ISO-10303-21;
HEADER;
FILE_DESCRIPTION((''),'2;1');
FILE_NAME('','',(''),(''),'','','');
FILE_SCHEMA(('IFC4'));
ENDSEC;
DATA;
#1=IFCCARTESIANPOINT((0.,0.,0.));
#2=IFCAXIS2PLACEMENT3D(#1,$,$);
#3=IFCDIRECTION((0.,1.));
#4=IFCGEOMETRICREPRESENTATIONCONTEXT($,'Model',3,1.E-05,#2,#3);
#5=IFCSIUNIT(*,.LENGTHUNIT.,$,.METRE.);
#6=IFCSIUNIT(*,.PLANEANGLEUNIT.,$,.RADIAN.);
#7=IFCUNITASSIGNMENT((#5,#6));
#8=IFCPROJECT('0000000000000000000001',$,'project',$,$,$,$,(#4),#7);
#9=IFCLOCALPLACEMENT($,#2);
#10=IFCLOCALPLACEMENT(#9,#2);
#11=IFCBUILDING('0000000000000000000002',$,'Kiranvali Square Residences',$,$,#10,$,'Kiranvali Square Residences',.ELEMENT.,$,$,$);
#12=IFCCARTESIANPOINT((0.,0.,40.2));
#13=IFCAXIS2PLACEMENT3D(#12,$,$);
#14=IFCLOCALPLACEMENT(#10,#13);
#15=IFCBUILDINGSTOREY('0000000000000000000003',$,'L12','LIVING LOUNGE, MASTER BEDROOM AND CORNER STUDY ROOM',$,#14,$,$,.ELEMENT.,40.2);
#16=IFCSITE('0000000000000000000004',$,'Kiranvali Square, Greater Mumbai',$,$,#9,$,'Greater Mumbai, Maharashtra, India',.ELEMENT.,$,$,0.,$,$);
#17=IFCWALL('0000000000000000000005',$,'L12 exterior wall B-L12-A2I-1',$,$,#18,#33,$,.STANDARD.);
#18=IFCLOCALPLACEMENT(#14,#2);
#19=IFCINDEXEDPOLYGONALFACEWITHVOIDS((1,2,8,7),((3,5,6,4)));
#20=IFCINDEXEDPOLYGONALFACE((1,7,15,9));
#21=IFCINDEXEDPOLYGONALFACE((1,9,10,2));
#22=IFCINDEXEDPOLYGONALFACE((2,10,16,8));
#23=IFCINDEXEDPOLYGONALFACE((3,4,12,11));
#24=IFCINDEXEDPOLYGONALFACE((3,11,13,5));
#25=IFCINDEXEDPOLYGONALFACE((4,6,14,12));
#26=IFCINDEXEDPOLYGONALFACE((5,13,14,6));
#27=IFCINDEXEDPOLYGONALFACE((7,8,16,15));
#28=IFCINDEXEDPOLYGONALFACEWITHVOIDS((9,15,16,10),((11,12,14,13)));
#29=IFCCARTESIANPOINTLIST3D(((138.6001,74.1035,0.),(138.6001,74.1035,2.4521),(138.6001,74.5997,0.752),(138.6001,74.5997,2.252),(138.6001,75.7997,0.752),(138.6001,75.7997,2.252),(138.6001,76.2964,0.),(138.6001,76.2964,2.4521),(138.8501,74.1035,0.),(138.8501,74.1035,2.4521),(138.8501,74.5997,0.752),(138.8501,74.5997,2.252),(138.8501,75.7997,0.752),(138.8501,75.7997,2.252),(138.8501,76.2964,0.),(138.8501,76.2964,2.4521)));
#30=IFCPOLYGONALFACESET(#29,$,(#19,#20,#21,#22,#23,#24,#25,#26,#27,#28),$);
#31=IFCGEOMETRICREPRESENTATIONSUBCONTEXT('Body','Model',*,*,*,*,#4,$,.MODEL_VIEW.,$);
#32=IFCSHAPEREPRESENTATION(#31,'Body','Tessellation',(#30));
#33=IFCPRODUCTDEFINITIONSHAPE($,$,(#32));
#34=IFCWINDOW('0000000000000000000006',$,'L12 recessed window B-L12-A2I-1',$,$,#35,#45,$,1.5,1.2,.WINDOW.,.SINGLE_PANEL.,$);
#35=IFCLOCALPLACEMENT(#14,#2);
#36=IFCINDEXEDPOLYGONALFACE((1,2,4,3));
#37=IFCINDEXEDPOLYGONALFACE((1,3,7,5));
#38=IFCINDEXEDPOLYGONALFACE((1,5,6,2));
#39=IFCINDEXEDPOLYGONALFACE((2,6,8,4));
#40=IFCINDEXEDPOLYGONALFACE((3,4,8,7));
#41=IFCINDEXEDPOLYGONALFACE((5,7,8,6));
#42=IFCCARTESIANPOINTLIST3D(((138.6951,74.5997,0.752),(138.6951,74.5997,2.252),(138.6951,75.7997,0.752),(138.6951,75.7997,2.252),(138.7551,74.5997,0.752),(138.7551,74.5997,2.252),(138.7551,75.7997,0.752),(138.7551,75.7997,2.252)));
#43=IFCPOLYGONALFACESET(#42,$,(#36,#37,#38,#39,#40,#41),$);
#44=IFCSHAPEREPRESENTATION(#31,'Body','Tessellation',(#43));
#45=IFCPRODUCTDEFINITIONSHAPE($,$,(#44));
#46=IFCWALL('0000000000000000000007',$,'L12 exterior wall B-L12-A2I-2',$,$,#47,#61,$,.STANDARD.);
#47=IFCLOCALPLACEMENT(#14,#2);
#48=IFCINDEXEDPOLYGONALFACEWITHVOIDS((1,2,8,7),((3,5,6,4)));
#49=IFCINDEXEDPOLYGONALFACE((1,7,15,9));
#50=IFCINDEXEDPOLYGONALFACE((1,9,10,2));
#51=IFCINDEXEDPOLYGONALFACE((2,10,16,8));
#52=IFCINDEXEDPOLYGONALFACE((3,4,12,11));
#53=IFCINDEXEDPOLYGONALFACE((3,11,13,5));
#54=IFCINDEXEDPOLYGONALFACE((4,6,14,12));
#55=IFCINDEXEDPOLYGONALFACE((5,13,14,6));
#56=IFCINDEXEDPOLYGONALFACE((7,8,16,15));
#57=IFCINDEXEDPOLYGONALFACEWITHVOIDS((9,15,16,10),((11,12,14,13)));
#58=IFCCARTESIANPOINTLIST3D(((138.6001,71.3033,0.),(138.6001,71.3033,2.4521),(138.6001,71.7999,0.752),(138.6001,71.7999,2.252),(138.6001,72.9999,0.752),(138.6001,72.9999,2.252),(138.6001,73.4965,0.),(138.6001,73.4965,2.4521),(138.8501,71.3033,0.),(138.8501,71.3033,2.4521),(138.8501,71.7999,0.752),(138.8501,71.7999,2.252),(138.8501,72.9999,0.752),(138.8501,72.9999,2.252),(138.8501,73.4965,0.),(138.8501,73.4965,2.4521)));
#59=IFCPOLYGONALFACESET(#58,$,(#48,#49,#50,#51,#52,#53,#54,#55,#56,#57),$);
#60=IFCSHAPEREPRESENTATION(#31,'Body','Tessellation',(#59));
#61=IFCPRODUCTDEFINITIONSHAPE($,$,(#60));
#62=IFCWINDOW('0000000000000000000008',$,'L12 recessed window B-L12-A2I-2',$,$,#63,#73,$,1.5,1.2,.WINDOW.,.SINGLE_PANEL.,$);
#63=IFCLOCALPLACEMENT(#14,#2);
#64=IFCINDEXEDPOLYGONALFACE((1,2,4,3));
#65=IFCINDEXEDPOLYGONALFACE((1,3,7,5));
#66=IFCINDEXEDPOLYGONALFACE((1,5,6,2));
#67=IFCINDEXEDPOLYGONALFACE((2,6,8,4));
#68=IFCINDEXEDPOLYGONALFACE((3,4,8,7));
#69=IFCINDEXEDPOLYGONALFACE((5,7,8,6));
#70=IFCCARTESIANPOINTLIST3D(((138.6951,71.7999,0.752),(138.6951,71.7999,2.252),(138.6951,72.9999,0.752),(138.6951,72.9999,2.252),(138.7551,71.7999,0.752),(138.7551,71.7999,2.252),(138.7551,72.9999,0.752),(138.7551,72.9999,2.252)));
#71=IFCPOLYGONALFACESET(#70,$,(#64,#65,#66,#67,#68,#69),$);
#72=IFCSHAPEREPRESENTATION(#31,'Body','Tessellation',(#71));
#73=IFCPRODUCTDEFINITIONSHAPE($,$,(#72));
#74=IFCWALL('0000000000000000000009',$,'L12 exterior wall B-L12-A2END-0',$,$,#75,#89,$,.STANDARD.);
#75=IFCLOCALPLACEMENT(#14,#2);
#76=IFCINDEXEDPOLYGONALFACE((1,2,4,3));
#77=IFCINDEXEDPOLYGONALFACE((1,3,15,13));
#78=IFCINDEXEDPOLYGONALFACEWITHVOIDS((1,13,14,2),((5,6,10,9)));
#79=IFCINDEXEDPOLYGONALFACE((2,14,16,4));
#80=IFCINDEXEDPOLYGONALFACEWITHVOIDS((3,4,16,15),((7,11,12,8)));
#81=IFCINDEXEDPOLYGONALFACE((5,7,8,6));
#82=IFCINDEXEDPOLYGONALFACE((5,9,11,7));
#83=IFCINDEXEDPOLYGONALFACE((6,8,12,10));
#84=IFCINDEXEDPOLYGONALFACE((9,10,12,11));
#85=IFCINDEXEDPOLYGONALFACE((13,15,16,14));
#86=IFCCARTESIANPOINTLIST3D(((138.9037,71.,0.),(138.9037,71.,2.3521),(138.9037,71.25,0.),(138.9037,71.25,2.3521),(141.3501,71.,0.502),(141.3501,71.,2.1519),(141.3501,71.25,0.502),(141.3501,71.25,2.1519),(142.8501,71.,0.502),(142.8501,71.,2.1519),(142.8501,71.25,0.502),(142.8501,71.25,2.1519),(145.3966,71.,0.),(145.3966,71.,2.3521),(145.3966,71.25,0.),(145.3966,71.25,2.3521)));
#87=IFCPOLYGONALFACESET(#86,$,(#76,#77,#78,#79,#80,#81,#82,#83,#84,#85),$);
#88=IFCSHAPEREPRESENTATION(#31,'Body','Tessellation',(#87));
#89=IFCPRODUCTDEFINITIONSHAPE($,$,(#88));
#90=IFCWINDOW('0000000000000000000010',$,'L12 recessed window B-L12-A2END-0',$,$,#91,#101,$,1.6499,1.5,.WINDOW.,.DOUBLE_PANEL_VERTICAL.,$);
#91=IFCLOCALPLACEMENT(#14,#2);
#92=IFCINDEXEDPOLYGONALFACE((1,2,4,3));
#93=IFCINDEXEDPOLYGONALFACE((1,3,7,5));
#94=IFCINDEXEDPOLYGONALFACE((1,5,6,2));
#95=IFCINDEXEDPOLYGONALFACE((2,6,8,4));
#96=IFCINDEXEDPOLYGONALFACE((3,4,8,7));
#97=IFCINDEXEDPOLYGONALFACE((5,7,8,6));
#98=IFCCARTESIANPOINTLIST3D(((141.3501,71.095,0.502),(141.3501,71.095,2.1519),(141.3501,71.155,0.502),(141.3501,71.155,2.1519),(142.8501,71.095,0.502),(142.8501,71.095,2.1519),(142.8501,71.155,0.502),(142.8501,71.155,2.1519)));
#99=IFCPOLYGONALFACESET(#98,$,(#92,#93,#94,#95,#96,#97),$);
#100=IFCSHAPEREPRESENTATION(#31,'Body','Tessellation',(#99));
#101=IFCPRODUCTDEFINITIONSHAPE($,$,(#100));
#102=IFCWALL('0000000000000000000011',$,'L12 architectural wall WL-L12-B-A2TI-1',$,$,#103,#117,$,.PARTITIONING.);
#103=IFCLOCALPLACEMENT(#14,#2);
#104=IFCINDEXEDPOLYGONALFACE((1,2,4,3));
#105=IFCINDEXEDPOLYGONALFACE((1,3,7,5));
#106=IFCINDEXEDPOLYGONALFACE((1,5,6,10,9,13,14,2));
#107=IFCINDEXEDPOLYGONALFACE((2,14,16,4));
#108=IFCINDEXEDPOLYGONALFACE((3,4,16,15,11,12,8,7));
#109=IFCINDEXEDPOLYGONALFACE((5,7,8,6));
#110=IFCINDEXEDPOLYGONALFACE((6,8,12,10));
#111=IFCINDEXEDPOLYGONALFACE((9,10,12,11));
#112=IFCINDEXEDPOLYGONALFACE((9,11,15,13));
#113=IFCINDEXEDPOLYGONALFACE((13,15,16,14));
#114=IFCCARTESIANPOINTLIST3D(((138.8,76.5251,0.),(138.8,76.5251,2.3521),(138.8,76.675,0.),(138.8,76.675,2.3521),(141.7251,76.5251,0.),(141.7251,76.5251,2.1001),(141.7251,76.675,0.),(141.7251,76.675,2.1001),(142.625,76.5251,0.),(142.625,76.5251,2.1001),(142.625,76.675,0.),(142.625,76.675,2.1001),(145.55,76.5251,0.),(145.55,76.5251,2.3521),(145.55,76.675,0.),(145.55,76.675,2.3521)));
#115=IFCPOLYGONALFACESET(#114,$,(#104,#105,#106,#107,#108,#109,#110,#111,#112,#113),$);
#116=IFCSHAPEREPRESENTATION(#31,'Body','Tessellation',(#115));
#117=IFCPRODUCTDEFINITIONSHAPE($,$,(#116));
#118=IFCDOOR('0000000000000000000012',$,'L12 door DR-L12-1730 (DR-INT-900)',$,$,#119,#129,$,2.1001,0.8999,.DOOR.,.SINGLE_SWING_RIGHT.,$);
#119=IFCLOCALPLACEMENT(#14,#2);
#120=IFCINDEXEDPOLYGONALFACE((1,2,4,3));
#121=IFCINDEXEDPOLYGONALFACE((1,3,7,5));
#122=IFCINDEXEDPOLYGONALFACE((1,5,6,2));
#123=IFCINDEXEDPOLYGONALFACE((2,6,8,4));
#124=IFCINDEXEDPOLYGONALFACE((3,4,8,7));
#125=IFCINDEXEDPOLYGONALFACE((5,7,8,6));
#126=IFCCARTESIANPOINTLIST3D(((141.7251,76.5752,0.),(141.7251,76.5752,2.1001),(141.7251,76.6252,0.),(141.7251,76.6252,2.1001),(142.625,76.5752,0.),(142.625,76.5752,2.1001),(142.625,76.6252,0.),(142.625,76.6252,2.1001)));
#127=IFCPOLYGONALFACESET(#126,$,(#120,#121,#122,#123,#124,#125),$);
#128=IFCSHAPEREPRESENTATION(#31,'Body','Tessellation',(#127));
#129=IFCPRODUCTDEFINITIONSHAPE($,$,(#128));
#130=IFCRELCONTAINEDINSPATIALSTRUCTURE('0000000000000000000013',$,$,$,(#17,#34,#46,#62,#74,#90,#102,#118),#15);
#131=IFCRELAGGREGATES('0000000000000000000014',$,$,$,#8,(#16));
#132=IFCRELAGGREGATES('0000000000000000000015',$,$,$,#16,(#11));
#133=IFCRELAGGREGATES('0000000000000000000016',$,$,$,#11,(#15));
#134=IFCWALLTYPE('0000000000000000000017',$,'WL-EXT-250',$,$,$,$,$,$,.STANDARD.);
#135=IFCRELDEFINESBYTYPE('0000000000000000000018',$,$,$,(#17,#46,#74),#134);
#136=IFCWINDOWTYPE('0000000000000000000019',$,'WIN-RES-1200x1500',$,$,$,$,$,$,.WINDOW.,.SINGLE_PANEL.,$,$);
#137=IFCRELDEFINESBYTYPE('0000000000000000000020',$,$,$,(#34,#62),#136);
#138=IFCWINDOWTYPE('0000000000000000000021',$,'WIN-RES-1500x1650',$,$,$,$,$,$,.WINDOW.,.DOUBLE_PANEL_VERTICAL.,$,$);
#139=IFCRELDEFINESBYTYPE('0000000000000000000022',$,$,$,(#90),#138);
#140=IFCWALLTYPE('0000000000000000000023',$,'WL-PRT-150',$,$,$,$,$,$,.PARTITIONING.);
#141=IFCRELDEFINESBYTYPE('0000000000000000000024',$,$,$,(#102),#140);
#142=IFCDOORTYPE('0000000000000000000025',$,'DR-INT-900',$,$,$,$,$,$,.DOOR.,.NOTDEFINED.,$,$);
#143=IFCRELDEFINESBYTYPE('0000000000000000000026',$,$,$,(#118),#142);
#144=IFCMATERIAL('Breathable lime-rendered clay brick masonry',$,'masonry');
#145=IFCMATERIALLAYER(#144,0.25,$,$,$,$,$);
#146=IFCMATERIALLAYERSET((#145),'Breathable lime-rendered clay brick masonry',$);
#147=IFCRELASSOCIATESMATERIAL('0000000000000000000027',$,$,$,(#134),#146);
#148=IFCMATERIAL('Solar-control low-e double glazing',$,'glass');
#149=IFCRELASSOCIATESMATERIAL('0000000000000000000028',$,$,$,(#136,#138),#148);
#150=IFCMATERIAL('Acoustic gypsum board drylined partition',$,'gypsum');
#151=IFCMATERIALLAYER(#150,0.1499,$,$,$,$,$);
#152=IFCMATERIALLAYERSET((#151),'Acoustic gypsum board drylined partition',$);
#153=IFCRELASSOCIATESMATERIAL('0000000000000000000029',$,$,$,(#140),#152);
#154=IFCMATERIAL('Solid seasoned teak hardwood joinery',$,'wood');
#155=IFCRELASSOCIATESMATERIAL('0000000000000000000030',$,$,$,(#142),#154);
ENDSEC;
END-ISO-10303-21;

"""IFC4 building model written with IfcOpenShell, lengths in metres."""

from ifc_helpers import new_model, si_unit, direction, frame, frame_2d, origin, place, context, subcontext, project, spatial, rectangle, extrude, material, layer, layer_set, type_object, element, fill, save


model = new_model("IFC4")

# Units and contexts
model_context = context("Model", 3, precision=1e-05, world=origin(), true_north=direction((0.0, 1.0)))
body_context = subcontext(model_context, "Body", "Model", "MODEL_VIEW")
ifc_project = project(units=[si_unit("LENGTHUNIT", "METRE"), si_unit("PLANEANGLEUNIT", "RADIAN")], contexts=[model_context])

# Site, building, storey
site_placement = place(None, origin())
site = spatial("IfcSite", under=ifc_project, at=site_placement, Name="Kiranvali Square, Greater Mumbai", LongName="Greater Mumbai, Maharashtra, India", CompositionType="ELEMENT", RefElevation=0.0)
building_placement = place(site_placement, origin())
building = spatial("IfcBuilding", under=site, at=building_placement, Name="Kiranvali Square Residences", LongName="Kiranvali Square Residences", CompositionType="ELEMENT")
storey_placement = place(building_placement, frame((0.0, 0.0, 40.2)))
storey = spatial("IfcBuildingStorey", under=building, at=storey_placement, Name="L12", Description="LIVING LOUNGE, MASTER BEDROOM AND CORNER STUDY ROOM", CompositionType="ELEMENT", Elevation=40.2)

# Walls, openings, windows
ifc_material_1 = material(Name="Breathable lime-rendered clay brick masonry", Category="masonry")
ifc_layer_1 = layer(ifc_material_1, 0.25)
ifc_layer_set_1 = layer_set([ifc_layer_1], Name="Breathable lime-rendered clay brick masonry")
wall_type_1 = type_object("IfcWallType", Name="WL-EXT-250", PredefinedType="STANDARD", material=ifc_layer_set_1)
wall_1_placement = place(storey_placement, frame((138.7251, 76.2964, 0.0), z_axis=(0.0, 0.0, 1.0), x_axis=(0.0, -1.0, 0.0)))
wall_1 = element("IfcWall", 1, at=wall_1_placement, inside=storey, type_object=wall_type_1, Name="L12 exterior wall B-L12-A2I-1", PredefinedType="STANDARD", context=body_context, shape_type="SweptSolid", body=[
    extrude(rectangle(XDim=2.1929, YDim=0.25, at=frame_2d((1.0964, 0.0))), origin(), (0.0, 0.0, 1.0), 2.4521),
])
opening_1_placement = place(wall_1_placement, frame((0.4966, 0.0, 0.752)))
opening_1 = element("IfcOpeningElement", 2, at=opening_1_placement, cuts=wall_1, PredefinedType="OPENING", context=body_context, shape_type="SweptSolid", body=[
    extrude(rectangle(XDim=1.2, YDim=1.5, at=frame_2d((0.6001, 0.75))), frame((0.0, 0.135, 0.0), z_axis=(0.0, -1.0, 0.0), x_axis=(1.0, 0.0, 0.0)), (0.0, 0.0, 1.0), 0.27),
])
ifc_material_2 = material(Name="Solar-control low-e double glazing", Category="glass")
window_type_1 = type_object("IfcWindowType", Name="WIN-RES-1200x1500", PartitioningType="SINGLE_PANEL", PredefinedType="WINDOW", material=ifc_material_2)
window_1_placement = place(opening_1_placement, origin())
window_1 = element("IfcWindow", 3, at=window_1_placement, inside=storey, type_object=window_type_1, Name="L12 recessed window B-L12-A2I-1", OverallHeight=1.5, OverallWidth=1.2, PartitioningType="SINGLE_PANEL", PredefinedType="WINDOW", context=body_context, shape_type="SweptSolid", body=[
    extrude(rectangle(XDim=1.2, YDim=1.5, at=frame_2d((0.6001, 0.75))), frame((0.0, 0.03, 0.0), z_axis=(0.0, -1.0, 0.0), x_axis=(1.0, 0.0, 0.0)), (0.0, 0.0, 1.0), 0.0601),
])
fill(opening_1, window_1)
wall_2_placement = place(storey_placement, frame((138.7251, 73.4966, 0.0), z_axis=(0.0, 0.0, 1.0), x_axis=(0.0, -1.0, 0.0)))
wall_2 = element("IfcWall", 4, at=wall_2_placement, inside=storey, type_object=wall_type_1, Name="L12 exterior wall B-L12-A2I-2", PredefinedType="STANDARD", context=body_context, shape_type="SweptSolid", body=[
    extrude(rectangle(XDim=2.1931, YDim=0.25, at=frame_2d((1.0967, 0.0))), origin(), (0.0, 0.0, 1.0), 2.4521),
])
opening_2_placement = place(wall_2_placement, frame((0.4966, 0.0, 0.752)))
opening_2 = element("IfcOpeningElement", 5, at=opening_2_placement, cuts=wall_2, PredefinedType="OPENING", context=body_context, shape_type="SweptSolid", body=[
    extrude(rectangle(XDim=1.2, YDim=1.5, at=frame_2d((0.6001, 0.75))), frame((0.0, 0.135, 0.0), z_axis=(0.0, -1.0, 0.0), x_axis=(1.0, 0.0, 0.0)), (0.0, 0.0, 1.0), 0.27),
])
window_2_placement = place(opening_2_placement, origin())
window_2 = element("IfcWindow", 6, at=window_2_placement, inside=storey, type_object=window_type_1, Name="L12 recessed window B-L12-A2I-2", OverallHeight=1.5, OverallWidth=1.2, PartitioningType="SINGLE_PANEL", PredefinedType="WINDOW", context=body_context, shape_type="SweptSolid", body=[
    extrude(rectangle(XDim=1.2, YDim=1.5, at=frame_2d((0.6001, 0.75))), frame((0.0, 0.03, 0.0), z_axis=(0.0, -1.0, 0.0), x_axis=(1.0, 0.0, 0.0)), (0.0, 0.0, 1.0), 0.0601),
])
fill(opening_2, window_2)
wall_3_placement = place(storey_placement, frame((138.9036, 71.125, 0.0), z_axis=(0.0, 0.0, 1.0), x_axis=(1.0, 0.0, 0.0)))
wall_3 = element("IfcWall", 7, at=wall_3_placement, inside=storey, type_object=wall_type_1, Name="L12 exterior wall B-L12-A2END-0", PredefinedType="STANDARD", context=body_context, shape_type="SweptSolid", body=[
    extrude(rectangle(XDim=6.4929, YDim=0.25, at=frame_2d((3.2466, 0.0))), origin(), (0.0, 0.0, 1.0), 2.3521),
])
opening_3_placement = place(wall_3_placement, frame((2.4465, 0.0, 0.502)))
opening_3 = element("IfcOpeningElement", 8, at=opening_3_placement, cuts=wall_3, PredefinedType="OPENING", context=body_context, shape_type="SweptSolid", body=[
    extrude(rectangle(XDim=1.5, YDim=1.6499, at=frame_2d((0.75, 0.825))), frame((0.0, 0.135, 0.0), z_axis=(0.0, -1.0, 0.0), x_axis=(1.0, 0.0, 0.0)), (0.0, 0.0, 1.0), 0.27),
])
window_type_2 = type_object("IfcWindowType", Name="WIN-RES-1500x1650", PartitioningType="DOUBLE_PANEL_VERTICAL", PredefinedType="WINDOW", material=ifc_material_2)
window_3_placement = place(opening_3_placement, origin())
window_3 = element("IfcWindow", 9, at=window_3_placement, inside=storey, type_object=window_type_2, Name="L12 recessed window B-L12-A2END-0", OverallHeight=1.6499, OverallWidth=1.5, PartitioningType="DOUBLE_PANEL_VERTICAL", PredefinedType="WINDOW", context=body_context, shape_type="SweptSolid", body=[
    extrude(rectangle(XDim=1.5, YDim=1.6499, at=frame_2d((0.75, 0.825))), frame((0.0, 0.03, 0.0), z_axis=(0.0, -1.0, 0.0), x_axis=(1.0, 0.0, 0.0)), (0.0, 0.0, 1.0), 0.0601),
])
fill(opening_3, window_3)

# Wall, opening, door
ifc_material_3 = material(Name="Acoustic gypsum board drylined partition", Category="gypsum")
ifc_layer_2 = layer(ifc_material_3, 0.1499)
ifc_layer_set_2 = layer_set([ifc_layer_2], Name="Acoustic gypsum board drylined partition")
wall_type_2 = type_object("IfcWallType", Name="WL-PRT-150", PredefinedType="PARTITIONING", material=ifc_layer_set_2)
wall_4_placement = place(storey_placement, frame((138.8, 76.6001, 0.0), z_axis=(0.0, 0.0, 1.0), x_axis=(1.0, 0.0, 0.0)))
wall_4 = element("IfcWall", 10, at=wall_4_placement, inside=storey, type_object=wall_type_2, Name="L12 architectural wall WL-L12-B-A2TI-1", PredefinedType="PARTITIONING", context=body_context, shape_type="SweptSolid", body=[
    extrude(rectangle(XDim=6.75, YDim=0.1499, at=frame_2d((3.375, 0.0))), origin(), (0.0, 0.0, 1.0), 2.3521),
])
opening_4_placement = place(wall_4_placement, frame((2.925, 0.0, 0.0)))
opening_4 = element("IfcOpeningElement", 11, at=opening_4_placement, cuts=wall_4, PredefinedType="OPENING", context=body_context, shape_type="SweptSolid", body=[
    extrude(rectangle(XDim=0.8999, YDim=2.1001, at=frame_2d((0.45, 1.05))), frame((0.0, 0.085, 0.0), z_axis=(0.0, -1.0, 0.0), x_axis=(1.0, 0.0, 0.0)), (0.0, 0.0, 1.0), 0.1699),
])
ifc_material_4 = material(Name="Solid seasoned teak hardwood joinery", Category="wood")
door_type = type_object("IfcDoorType", Name="DR-INT-900", OperationType="NOTDEFINED", PredefinedType="DOOR", material=ifc_material_4)
door_placement = place(opening_4_placement, frame((0.8999, 0.0, 0.0), z_axis=(0.0, 0.0, 1.0), x_axis=(-1.0, 0.0, 0.0)))
door = element("IfcDoor", 12, at=door_placement, inside=storey, type_object=door_type, Name="L12 door DR-L12-1730 (DR-INT-900)", OperationType="SINGLE_SWING_RIGHT", OverallHeight=2.1001, OverallWidth=0.8999, PredefinedType="DOOR", context=body_context, shape_type="SweptSolid", body=[
    extrude(rectangle(XDim=0.8999, YDim=2.1001, at=frame_2d((0.45, 1.05))), frame((0.0, 0.0249, 0.0), z_axis=(0.0, -1.0, 0.0), x_axis=(1.0, 0.0, 0.0)), (0.0, 0.0, 1.0), 0.05),
])
fill(opening_4, door)

save(model, "model.ifc")
